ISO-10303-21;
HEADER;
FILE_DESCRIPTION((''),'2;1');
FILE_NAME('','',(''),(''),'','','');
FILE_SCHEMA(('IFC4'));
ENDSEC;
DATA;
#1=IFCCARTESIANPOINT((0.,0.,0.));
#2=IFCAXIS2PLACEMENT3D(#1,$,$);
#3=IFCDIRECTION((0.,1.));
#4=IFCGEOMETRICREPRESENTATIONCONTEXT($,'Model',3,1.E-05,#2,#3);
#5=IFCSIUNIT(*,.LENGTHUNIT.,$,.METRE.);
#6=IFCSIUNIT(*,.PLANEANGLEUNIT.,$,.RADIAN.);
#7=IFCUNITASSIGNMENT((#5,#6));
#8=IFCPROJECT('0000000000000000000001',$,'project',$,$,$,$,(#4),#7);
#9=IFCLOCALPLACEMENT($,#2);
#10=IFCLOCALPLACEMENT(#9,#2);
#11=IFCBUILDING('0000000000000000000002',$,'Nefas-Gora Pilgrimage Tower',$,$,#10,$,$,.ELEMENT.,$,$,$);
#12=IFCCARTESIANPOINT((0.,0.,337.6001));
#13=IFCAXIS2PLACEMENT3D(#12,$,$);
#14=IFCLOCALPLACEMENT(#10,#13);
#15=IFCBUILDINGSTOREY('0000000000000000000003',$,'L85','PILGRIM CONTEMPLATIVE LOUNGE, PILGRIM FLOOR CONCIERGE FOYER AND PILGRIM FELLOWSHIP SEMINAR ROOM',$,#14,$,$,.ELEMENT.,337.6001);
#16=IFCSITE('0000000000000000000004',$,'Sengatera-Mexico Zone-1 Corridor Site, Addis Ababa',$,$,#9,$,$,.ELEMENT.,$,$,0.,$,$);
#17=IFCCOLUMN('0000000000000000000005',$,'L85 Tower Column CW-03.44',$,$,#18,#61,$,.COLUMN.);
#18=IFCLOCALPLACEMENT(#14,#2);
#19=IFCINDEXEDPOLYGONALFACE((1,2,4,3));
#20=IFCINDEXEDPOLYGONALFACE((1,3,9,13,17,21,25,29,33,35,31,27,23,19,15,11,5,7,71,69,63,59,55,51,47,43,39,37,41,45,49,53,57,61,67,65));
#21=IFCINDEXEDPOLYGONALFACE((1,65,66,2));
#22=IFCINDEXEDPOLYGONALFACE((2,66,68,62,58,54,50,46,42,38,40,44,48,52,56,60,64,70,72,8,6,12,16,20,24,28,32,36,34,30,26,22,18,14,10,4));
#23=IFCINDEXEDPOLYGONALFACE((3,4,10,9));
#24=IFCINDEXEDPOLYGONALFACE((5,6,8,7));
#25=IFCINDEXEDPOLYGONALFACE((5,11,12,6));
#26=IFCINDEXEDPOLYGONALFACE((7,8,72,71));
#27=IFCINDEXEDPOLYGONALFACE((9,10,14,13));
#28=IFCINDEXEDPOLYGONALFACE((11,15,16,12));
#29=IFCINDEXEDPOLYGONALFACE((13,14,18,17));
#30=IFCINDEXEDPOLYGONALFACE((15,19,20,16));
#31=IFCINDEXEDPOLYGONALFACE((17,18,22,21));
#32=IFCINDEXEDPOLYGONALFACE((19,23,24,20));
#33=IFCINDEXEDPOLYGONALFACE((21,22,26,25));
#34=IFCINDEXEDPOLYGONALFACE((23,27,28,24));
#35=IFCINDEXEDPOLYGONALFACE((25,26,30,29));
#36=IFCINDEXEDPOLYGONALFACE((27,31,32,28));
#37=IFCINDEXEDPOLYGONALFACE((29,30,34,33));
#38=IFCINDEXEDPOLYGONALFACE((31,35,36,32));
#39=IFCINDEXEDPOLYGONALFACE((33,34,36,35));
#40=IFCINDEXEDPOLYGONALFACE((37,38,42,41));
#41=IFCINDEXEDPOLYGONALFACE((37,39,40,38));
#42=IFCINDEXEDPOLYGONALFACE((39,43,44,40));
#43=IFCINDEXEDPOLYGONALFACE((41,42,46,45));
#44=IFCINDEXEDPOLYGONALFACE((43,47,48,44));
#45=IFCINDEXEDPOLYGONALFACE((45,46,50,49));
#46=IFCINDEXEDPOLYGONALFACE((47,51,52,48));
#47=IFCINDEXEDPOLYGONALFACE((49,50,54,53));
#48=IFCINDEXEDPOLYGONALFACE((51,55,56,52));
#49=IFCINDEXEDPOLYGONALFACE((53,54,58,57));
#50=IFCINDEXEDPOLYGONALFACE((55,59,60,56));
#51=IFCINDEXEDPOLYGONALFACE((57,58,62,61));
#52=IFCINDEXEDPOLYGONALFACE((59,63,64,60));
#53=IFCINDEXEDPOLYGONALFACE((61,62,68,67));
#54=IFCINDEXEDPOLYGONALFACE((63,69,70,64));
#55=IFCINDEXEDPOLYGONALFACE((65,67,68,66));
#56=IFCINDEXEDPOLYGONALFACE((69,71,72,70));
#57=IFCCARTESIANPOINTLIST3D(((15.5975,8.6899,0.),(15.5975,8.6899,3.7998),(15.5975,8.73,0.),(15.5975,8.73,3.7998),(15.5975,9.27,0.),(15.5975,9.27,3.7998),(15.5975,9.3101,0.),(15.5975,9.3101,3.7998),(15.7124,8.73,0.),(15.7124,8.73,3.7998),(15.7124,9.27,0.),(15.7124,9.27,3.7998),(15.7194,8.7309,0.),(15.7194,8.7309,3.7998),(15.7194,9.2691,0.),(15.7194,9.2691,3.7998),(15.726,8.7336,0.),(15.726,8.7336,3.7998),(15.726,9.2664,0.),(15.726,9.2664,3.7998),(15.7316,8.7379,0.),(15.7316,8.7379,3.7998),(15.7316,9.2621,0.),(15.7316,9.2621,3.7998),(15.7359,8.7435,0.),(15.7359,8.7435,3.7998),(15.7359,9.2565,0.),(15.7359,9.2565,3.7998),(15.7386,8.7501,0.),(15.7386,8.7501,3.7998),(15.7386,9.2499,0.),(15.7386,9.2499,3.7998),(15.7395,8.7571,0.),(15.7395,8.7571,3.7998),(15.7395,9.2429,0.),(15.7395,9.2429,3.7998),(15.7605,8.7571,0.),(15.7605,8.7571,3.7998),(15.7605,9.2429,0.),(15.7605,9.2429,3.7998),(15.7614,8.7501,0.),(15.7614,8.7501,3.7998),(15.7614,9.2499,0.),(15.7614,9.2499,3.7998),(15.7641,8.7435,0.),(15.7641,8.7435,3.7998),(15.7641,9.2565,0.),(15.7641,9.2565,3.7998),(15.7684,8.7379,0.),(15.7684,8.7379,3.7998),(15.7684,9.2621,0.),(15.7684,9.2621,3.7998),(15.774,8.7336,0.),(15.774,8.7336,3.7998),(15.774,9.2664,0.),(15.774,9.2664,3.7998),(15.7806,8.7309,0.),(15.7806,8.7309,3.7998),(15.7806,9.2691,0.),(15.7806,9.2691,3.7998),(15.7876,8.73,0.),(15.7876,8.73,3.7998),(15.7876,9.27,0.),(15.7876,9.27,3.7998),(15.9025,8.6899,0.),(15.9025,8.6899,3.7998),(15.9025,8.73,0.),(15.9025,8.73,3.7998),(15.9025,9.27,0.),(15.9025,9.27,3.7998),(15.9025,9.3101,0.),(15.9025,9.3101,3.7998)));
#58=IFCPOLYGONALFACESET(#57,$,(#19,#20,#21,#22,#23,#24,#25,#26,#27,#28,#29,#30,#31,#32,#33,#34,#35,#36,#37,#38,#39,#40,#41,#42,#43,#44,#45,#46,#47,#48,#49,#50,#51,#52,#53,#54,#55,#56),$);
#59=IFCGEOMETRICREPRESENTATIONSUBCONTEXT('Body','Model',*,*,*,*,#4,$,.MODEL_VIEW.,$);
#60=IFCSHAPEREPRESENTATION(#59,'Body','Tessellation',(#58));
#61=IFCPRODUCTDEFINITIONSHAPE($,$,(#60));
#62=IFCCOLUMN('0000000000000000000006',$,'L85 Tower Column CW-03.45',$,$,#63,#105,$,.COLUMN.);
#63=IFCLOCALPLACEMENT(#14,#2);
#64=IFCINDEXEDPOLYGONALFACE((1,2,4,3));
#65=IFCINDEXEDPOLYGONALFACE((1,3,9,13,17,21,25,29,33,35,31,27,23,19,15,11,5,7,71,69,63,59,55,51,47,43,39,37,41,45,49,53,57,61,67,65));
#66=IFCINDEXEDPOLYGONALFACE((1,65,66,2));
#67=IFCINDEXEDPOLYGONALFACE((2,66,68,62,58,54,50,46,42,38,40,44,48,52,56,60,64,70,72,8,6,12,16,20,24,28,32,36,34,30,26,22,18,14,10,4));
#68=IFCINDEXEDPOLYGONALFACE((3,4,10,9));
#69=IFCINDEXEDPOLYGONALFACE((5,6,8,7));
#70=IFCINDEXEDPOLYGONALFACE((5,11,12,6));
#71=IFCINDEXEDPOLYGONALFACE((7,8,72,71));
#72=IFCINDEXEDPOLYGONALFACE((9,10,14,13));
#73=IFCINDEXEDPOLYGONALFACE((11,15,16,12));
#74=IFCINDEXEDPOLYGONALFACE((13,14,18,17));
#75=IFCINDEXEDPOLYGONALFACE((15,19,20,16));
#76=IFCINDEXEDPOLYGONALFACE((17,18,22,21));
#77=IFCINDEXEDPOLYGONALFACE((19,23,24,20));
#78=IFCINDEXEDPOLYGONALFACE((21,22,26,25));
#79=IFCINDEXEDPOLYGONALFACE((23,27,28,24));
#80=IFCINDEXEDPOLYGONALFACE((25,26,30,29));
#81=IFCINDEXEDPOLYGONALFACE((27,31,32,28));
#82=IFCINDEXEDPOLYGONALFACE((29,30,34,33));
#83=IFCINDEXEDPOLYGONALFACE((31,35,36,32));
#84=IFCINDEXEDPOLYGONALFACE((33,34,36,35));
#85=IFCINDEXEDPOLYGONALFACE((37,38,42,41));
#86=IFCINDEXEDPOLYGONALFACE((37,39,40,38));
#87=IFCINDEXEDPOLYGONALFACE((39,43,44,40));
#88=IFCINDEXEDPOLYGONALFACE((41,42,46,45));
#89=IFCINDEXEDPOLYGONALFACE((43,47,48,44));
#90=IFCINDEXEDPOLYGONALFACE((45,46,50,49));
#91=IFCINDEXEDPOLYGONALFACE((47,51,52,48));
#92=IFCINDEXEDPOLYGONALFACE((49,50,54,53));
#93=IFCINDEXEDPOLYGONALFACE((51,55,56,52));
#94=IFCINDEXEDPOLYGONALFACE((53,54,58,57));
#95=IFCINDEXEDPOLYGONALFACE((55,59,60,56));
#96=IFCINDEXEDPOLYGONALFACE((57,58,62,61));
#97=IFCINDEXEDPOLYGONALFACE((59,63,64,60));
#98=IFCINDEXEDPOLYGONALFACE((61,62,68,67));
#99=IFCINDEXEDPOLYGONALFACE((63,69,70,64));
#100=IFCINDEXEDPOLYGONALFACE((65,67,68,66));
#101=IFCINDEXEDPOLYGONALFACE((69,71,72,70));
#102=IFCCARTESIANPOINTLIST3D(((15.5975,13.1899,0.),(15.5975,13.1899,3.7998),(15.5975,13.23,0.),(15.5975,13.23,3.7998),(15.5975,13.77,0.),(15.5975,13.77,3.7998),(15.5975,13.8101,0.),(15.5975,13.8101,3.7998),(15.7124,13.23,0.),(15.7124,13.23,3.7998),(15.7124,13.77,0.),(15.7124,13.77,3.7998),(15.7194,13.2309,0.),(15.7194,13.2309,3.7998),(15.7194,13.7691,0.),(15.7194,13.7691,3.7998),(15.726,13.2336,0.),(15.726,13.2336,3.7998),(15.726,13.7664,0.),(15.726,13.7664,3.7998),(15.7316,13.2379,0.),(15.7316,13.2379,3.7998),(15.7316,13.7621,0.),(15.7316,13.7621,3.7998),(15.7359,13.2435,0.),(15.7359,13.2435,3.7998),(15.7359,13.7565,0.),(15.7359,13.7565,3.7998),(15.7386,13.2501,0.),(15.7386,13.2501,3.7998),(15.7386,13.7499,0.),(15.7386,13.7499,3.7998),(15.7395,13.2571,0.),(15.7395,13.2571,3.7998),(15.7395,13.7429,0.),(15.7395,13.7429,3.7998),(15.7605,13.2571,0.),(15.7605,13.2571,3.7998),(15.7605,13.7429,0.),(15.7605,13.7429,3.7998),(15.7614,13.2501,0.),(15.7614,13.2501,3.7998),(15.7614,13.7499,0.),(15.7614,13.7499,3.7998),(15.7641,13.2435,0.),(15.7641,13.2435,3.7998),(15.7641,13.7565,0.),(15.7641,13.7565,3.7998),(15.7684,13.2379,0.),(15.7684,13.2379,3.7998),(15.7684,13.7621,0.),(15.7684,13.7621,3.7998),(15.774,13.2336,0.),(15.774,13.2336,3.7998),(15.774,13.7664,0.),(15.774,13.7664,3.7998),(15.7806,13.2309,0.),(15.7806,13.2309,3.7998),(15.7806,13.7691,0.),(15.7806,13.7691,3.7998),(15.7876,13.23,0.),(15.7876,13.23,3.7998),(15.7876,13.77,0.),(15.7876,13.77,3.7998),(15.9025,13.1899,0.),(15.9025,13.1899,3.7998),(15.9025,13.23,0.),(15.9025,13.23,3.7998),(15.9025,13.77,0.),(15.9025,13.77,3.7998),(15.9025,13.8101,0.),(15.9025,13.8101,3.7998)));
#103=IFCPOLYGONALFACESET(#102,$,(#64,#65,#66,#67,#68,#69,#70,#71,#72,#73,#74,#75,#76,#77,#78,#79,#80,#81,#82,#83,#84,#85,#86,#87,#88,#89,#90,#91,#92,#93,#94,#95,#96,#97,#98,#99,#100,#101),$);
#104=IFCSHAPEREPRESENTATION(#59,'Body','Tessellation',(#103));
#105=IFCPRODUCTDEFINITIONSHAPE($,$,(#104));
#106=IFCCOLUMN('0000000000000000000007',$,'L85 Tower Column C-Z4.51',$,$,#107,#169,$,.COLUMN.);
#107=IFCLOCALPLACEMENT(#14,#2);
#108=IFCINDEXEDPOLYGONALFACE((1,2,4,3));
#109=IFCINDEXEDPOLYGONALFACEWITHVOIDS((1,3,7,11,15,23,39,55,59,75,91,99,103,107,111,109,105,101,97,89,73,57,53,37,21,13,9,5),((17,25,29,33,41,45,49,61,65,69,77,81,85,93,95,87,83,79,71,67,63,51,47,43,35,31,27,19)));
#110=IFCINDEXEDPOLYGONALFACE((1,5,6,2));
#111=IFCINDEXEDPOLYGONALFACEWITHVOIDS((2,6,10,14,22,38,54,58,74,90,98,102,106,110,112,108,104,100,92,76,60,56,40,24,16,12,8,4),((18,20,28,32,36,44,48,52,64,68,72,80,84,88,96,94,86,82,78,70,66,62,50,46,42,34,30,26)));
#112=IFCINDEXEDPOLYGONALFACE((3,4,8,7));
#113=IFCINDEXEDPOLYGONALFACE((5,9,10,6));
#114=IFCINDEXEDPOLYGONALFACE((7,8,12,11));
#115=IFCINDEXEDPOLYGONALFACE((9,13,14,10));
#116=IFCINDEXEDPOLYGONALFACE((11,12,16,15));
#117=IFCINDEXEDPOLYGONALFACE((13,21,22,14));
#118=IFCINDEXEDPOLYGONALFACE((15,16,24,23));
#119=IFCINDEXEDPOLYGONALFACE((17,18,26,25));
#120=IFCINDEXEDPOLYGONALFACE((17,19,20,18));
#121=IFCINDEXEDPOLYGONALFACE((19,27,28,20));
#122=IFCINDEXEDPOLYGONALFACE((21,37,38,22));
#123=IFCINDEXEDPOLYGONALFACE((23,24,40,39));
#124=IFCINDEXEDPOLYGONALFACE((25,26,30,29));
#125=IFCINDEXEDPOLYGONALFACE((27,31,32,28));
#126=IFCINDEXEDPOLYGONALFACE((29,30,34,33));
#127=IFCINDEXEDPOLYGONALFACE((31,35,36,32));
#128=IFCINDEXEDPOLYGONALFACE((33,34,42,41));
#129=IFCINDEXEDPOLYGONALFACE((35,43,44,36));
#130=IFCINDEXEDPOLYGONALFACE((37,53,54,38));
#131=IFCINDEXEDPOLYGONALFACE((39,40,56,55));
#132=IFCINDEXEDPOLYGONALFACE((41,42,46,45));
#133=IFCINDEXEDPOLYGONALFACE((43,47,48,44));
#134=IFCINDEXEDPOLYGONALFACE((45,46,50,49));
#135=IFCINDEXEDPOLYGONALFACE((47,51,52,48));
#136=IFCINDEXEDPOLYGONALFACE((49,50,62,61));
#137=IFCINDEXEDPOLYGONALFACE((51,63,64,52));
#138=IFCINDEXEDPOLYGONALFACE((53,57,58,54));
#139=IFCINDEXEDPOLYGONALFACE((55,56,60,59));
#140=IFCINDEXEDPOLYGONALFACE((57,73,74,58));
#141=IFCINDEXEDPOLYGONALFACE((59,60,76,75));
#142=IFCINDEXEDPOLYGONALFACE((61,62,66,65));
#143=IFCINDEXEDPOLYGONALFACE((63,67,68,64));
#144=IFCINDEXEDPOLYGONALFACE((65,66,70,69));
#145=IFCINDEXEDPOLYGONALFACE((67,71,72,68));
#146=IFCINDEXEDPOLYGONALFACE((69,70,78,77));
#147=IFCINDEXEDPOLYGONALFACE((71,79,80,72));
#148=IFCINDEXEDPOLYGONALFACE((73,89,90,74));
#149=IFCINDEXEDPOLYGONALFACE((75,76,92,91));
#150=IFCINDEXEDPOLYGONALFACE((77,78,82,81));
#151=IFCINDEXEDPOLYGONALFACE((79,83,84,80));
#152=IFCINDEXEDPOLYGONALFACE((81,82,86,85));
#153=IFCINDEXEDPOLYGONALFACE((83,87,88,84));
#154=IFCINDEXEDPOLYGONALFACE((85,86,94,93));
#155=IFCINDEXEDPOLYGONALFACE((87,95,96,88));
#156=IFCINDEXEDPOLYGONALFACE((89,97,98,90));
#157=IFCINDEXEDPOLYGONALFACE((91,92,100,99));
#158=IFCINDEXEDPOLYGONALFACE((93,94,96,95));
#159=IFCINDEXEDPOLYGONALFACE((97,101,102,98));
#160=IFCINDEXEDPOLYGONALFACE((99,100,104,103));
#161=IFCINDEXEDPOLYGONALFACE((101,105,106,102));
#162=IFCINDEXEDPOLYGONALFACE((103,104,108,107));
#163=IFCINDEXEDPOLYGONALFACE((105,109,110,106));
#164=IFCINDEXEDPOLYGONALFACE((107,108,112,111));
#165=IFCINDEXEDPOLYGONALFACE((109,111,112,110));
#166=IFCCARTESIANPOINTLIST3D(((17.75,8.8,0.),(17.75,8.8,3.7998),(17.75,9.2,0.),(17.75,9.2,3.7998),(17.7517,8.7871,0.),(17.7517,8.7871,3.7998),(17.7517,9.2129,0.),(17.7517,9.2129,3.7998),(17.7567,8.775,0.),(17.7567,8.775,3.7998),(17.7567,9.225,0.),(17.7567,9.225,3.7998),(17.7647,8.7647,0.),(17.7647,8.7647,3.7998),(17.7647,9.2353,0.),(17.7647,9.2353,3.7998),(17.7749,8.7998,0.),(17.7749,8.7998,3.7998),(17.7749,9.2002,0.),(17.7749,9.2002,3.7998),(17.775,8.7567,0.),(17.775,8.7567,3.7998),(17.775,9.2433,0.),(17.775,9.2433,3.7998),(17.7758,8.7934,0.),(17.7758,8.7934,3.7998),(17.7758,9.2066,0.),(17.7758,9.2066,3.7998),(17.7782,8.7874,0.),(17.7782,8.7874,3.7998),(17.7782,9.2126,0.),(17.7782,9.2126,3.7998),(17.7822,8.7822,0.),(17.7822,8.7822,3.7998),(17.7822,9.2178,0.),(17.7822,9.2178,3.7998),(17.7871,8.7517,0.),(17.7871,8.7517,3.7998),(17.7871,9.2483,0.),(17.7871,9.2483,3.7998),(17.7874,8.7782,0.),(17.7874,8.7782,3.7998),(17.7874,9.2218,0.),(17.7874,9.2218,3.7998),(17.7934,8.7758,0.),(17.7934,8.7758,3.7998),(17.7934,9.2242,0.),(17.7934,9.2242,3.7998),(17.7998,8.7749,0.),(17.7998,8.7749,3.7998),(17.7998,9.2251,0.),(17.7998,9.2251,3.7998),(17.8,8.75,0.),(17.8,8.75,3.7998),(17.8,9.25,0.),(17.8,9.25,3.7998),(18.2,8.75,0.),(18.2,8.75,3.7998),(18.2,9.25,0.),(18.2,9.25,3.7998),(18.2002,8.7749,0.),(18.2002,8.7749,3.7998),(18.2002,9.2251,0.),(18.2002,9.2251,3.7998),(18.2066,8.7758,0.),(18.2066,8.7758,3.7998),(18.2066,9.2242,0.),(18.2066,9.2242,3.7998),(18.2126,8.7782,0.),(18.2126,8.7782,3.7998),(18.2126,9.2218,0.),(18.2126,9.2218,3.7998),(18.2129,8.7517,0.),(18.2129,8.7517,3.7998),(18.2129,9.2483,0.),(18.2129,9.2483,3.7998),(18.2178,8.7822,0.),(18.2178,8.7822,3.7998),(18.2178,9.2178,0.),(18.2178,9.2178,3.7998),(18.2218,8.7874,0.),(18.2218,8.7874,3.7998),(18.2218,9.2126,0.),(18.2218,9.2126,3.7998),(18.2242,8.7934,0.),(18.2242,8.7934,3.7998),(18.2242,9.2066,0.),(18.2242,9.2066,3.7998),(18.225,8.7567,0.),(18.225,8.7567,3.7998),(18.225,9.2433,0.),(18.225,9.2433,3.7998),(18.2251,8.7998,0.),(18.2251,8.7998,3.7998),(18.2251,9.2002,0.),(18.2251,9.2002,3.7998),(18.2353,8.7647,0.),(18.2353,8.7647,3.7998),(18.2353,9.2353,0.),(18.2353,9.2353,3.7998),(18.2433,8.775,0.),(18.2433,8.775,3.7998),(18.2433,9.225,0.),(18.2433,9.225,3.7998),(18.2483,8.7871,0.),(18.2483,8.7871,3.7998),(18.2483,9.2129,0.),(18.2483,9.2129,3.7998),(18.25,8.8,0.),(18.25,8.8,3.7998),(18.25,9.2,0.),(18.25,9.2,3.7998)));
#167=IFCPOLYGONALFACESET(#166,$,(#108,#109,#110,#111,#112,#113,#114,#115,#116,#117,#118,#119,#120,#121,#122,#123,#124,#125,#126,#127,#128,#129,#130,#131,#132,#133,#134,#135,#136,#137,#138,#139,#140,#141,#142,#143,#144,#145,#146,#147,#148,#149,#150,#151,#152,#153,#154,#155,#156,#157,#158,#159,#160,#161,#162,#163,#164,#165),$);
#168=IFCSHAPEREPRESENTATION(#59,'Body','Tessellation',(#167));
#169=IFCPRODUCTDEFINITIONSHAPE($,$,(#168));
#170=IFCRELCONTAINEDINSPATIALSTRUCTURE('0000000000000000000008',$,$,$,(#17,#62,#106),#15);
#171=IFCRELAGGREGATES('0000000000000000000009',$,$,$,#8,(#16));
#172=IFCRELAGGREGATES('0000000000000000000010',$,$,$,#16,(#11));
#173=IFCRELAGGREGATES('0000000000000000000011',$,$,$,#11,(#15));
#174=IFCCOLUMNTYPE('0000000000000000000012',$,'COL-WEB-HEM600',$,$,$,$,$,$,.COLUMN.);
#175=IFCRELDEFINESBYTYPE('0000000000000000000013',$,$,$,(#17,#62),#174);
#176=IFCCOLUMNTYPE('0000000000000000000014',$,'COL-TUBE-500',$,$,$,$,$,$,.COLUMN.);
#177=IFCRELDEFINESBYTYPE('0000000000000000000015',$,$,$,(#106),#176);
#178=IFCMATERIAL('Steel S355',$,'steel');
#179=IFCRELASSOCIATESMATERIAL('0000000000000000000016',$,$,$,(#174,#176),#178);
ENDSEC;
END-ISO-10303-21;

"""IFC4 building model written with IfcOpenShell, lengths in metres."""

from ifc_helpers import new_model, si_unit, direction, frame, origin, origin_2d, place, context, subcontext, project, spatial, hollow_rectangle, i_section, extrude, source, transform, mapped, material, material_profile, profile_set, type_object, element, save


model = new_model("IFC4")

# Units and contexts
model_context = context("Model", 3, precision=1e-05, world=origin(), true_north=direction((0.0, 1.0)))
body_context = subcontext(model_context, "Body", "Model", "MODEL_VIEW")
ifc_project = project(units=[si_unit("LENGTHUNIT", "METRE"), si_unit("PLANEANGLEUNIT", "RADIAN")], contexts=[model_context])

# Site, building, storey
site_placement = place(None, origin())
site = spatial("IfcSite", under=ifc_project, at=site_placement, Name="Sengatera-Mexico Zone-1 Corridor Site, Addis Ababa", CompositionType="ELEMENT", RefElevation=0.0)
building_placement = place(site_placement, origin())
building = spatial("IfcBuilding", under=site, at=building_placement, Name="Nefas-Gora Pilgrimage Tower", CompositionType="ELEMENT")
storey_placement = place(building_placement, frame((0.0, 0.0, 337.6001)))
storey = spatial("IfcBuildingStorey", under=building, at=storey_placement, Name="L85", Description="PILGRIM CONTEMPLATIVE LOUNGE, PILGRIM FLOOR CONCIERGE FOYER AND PILGRIM FELLOWSHIP SEMINAR ROOM", CompositionType="ELEMENT", Elevation=337.6001)

# Columns
ifc_material_1 = material(Name="Steel S355", Category="steel")
ifc_material_profile_1 = material_profile(ifc_material_1, i_section(OverallWidth=0.3049, OverallDepth=0.6201, WebThickness=0.021, FlangeThickness=0.04, FilletRadius=0.0271, at=origin_2d()), Name="HEM 600")
ifc_profile_set_1 = profile_set([ifc_material_profile_1], Name="Steel S355")
column_type_1 = type_object("IfcColumnType", Name="COL-WEB-HEM600", PredefinedType="COLUMN", material=ifc_profile_set_1)
shared_shape_1 = source(origin(), body_context, "Body", "SweptSolid", [
    extrude(i_section(OverallWidth=0.3049, OverallDepth=0.6201, WebThickness=0.021, FlangeThickness=0.04, FilletRadius=0.0271, at=origin_2d()), origin(), (0.0, 0.0, 1.0), 3.7998),
])
for number, where, z_axis, x_axis, name in (
    (1, (15.75, 9.0, 0.0), (0.0, 0.0, 1.0), (1.0, 0.0, 0.0), "L85 Tower Column CW-03.44"),
    (2, (15.75, 13.5, 0.0), (0.0, 0.0, 1.0), (1.0, 0.0, 0.0), "L85 Tower Column CW-03.45"),
):
    element("IfcColumn", number, at=place(storey_placement, frame(where, z_axis=z_axis, x_axis=x_axis)), inside=storey, type_object=column_type_1, Name=name, PredefinedType="COLUMN", context=body_context, shape_type="MappedRepresentation", body=[
        mapped(shared_shape_1, transform((0.0, 0.0, 0.0), x_axis=(1.0, 0.0, 0.0), y_axis=(0.0, 1.0, 0.0), z_axis=(0.0, 0.0, 1.0), scale=1.0)),
    ])
ifc_material_profile_2 = material_profile(ifc_material_1, hollow_rectangle(XDim=0.5, YDim=0.5, WallThickness=0.0249, InnerFilletRadius=0.0249, OuterFilletRadius=0.05, at=origin_2d()), Name="SHS 500x500x25")
ifc_profile_set_2 = profile_set([ifc_material_profile_2], Name="Steel S355")
column_type_2 = type_object("IfcColumnType", Name="COL-TUBE-500", PredefinedType="COLUMN", material=ifc_profile_set_2)
shared_shape_2 = source(origin(), body_context, "Body", "SweptSolid", [
    extrude(hollow_rectangle(XDim=0.5, YDim=0.5, WallThickness=0.0249, InnerFilletRadius=0.0249, OuterFilletRadius=0.05, at=origin_2d()), origin(), (0.0, 0.0, 1.0), 3.7998),
])
for number, where, z_axis, x_axis, name in (
    (3, (18.0, 9.0, 0.0), (0.0, 0.0, 1.0), (1.0, 0.0, 0.0), "L85 Tower Column C-Z4.51"),
):
    element("IfcColumn", number, at=place(storey_placement, frame(where, z_axis=z_axis, x_axis=x_axis)), inside=storey, type_object=column_type_2, Name=name, PredefinedType="COLUMN", context=body_context, shape_type="MappedRepresentation", body=[
        mapped(shared_shape_2, transform((0.0, 0.0, 0.0), x_axis=(1.0, 0.0, 0.0), y_axis=(0.0, 1.0, 0.0), z_axis=(0.0, 0.0, 1.0), scale=1.0)),
    ])

save(model, "model.ifc")
